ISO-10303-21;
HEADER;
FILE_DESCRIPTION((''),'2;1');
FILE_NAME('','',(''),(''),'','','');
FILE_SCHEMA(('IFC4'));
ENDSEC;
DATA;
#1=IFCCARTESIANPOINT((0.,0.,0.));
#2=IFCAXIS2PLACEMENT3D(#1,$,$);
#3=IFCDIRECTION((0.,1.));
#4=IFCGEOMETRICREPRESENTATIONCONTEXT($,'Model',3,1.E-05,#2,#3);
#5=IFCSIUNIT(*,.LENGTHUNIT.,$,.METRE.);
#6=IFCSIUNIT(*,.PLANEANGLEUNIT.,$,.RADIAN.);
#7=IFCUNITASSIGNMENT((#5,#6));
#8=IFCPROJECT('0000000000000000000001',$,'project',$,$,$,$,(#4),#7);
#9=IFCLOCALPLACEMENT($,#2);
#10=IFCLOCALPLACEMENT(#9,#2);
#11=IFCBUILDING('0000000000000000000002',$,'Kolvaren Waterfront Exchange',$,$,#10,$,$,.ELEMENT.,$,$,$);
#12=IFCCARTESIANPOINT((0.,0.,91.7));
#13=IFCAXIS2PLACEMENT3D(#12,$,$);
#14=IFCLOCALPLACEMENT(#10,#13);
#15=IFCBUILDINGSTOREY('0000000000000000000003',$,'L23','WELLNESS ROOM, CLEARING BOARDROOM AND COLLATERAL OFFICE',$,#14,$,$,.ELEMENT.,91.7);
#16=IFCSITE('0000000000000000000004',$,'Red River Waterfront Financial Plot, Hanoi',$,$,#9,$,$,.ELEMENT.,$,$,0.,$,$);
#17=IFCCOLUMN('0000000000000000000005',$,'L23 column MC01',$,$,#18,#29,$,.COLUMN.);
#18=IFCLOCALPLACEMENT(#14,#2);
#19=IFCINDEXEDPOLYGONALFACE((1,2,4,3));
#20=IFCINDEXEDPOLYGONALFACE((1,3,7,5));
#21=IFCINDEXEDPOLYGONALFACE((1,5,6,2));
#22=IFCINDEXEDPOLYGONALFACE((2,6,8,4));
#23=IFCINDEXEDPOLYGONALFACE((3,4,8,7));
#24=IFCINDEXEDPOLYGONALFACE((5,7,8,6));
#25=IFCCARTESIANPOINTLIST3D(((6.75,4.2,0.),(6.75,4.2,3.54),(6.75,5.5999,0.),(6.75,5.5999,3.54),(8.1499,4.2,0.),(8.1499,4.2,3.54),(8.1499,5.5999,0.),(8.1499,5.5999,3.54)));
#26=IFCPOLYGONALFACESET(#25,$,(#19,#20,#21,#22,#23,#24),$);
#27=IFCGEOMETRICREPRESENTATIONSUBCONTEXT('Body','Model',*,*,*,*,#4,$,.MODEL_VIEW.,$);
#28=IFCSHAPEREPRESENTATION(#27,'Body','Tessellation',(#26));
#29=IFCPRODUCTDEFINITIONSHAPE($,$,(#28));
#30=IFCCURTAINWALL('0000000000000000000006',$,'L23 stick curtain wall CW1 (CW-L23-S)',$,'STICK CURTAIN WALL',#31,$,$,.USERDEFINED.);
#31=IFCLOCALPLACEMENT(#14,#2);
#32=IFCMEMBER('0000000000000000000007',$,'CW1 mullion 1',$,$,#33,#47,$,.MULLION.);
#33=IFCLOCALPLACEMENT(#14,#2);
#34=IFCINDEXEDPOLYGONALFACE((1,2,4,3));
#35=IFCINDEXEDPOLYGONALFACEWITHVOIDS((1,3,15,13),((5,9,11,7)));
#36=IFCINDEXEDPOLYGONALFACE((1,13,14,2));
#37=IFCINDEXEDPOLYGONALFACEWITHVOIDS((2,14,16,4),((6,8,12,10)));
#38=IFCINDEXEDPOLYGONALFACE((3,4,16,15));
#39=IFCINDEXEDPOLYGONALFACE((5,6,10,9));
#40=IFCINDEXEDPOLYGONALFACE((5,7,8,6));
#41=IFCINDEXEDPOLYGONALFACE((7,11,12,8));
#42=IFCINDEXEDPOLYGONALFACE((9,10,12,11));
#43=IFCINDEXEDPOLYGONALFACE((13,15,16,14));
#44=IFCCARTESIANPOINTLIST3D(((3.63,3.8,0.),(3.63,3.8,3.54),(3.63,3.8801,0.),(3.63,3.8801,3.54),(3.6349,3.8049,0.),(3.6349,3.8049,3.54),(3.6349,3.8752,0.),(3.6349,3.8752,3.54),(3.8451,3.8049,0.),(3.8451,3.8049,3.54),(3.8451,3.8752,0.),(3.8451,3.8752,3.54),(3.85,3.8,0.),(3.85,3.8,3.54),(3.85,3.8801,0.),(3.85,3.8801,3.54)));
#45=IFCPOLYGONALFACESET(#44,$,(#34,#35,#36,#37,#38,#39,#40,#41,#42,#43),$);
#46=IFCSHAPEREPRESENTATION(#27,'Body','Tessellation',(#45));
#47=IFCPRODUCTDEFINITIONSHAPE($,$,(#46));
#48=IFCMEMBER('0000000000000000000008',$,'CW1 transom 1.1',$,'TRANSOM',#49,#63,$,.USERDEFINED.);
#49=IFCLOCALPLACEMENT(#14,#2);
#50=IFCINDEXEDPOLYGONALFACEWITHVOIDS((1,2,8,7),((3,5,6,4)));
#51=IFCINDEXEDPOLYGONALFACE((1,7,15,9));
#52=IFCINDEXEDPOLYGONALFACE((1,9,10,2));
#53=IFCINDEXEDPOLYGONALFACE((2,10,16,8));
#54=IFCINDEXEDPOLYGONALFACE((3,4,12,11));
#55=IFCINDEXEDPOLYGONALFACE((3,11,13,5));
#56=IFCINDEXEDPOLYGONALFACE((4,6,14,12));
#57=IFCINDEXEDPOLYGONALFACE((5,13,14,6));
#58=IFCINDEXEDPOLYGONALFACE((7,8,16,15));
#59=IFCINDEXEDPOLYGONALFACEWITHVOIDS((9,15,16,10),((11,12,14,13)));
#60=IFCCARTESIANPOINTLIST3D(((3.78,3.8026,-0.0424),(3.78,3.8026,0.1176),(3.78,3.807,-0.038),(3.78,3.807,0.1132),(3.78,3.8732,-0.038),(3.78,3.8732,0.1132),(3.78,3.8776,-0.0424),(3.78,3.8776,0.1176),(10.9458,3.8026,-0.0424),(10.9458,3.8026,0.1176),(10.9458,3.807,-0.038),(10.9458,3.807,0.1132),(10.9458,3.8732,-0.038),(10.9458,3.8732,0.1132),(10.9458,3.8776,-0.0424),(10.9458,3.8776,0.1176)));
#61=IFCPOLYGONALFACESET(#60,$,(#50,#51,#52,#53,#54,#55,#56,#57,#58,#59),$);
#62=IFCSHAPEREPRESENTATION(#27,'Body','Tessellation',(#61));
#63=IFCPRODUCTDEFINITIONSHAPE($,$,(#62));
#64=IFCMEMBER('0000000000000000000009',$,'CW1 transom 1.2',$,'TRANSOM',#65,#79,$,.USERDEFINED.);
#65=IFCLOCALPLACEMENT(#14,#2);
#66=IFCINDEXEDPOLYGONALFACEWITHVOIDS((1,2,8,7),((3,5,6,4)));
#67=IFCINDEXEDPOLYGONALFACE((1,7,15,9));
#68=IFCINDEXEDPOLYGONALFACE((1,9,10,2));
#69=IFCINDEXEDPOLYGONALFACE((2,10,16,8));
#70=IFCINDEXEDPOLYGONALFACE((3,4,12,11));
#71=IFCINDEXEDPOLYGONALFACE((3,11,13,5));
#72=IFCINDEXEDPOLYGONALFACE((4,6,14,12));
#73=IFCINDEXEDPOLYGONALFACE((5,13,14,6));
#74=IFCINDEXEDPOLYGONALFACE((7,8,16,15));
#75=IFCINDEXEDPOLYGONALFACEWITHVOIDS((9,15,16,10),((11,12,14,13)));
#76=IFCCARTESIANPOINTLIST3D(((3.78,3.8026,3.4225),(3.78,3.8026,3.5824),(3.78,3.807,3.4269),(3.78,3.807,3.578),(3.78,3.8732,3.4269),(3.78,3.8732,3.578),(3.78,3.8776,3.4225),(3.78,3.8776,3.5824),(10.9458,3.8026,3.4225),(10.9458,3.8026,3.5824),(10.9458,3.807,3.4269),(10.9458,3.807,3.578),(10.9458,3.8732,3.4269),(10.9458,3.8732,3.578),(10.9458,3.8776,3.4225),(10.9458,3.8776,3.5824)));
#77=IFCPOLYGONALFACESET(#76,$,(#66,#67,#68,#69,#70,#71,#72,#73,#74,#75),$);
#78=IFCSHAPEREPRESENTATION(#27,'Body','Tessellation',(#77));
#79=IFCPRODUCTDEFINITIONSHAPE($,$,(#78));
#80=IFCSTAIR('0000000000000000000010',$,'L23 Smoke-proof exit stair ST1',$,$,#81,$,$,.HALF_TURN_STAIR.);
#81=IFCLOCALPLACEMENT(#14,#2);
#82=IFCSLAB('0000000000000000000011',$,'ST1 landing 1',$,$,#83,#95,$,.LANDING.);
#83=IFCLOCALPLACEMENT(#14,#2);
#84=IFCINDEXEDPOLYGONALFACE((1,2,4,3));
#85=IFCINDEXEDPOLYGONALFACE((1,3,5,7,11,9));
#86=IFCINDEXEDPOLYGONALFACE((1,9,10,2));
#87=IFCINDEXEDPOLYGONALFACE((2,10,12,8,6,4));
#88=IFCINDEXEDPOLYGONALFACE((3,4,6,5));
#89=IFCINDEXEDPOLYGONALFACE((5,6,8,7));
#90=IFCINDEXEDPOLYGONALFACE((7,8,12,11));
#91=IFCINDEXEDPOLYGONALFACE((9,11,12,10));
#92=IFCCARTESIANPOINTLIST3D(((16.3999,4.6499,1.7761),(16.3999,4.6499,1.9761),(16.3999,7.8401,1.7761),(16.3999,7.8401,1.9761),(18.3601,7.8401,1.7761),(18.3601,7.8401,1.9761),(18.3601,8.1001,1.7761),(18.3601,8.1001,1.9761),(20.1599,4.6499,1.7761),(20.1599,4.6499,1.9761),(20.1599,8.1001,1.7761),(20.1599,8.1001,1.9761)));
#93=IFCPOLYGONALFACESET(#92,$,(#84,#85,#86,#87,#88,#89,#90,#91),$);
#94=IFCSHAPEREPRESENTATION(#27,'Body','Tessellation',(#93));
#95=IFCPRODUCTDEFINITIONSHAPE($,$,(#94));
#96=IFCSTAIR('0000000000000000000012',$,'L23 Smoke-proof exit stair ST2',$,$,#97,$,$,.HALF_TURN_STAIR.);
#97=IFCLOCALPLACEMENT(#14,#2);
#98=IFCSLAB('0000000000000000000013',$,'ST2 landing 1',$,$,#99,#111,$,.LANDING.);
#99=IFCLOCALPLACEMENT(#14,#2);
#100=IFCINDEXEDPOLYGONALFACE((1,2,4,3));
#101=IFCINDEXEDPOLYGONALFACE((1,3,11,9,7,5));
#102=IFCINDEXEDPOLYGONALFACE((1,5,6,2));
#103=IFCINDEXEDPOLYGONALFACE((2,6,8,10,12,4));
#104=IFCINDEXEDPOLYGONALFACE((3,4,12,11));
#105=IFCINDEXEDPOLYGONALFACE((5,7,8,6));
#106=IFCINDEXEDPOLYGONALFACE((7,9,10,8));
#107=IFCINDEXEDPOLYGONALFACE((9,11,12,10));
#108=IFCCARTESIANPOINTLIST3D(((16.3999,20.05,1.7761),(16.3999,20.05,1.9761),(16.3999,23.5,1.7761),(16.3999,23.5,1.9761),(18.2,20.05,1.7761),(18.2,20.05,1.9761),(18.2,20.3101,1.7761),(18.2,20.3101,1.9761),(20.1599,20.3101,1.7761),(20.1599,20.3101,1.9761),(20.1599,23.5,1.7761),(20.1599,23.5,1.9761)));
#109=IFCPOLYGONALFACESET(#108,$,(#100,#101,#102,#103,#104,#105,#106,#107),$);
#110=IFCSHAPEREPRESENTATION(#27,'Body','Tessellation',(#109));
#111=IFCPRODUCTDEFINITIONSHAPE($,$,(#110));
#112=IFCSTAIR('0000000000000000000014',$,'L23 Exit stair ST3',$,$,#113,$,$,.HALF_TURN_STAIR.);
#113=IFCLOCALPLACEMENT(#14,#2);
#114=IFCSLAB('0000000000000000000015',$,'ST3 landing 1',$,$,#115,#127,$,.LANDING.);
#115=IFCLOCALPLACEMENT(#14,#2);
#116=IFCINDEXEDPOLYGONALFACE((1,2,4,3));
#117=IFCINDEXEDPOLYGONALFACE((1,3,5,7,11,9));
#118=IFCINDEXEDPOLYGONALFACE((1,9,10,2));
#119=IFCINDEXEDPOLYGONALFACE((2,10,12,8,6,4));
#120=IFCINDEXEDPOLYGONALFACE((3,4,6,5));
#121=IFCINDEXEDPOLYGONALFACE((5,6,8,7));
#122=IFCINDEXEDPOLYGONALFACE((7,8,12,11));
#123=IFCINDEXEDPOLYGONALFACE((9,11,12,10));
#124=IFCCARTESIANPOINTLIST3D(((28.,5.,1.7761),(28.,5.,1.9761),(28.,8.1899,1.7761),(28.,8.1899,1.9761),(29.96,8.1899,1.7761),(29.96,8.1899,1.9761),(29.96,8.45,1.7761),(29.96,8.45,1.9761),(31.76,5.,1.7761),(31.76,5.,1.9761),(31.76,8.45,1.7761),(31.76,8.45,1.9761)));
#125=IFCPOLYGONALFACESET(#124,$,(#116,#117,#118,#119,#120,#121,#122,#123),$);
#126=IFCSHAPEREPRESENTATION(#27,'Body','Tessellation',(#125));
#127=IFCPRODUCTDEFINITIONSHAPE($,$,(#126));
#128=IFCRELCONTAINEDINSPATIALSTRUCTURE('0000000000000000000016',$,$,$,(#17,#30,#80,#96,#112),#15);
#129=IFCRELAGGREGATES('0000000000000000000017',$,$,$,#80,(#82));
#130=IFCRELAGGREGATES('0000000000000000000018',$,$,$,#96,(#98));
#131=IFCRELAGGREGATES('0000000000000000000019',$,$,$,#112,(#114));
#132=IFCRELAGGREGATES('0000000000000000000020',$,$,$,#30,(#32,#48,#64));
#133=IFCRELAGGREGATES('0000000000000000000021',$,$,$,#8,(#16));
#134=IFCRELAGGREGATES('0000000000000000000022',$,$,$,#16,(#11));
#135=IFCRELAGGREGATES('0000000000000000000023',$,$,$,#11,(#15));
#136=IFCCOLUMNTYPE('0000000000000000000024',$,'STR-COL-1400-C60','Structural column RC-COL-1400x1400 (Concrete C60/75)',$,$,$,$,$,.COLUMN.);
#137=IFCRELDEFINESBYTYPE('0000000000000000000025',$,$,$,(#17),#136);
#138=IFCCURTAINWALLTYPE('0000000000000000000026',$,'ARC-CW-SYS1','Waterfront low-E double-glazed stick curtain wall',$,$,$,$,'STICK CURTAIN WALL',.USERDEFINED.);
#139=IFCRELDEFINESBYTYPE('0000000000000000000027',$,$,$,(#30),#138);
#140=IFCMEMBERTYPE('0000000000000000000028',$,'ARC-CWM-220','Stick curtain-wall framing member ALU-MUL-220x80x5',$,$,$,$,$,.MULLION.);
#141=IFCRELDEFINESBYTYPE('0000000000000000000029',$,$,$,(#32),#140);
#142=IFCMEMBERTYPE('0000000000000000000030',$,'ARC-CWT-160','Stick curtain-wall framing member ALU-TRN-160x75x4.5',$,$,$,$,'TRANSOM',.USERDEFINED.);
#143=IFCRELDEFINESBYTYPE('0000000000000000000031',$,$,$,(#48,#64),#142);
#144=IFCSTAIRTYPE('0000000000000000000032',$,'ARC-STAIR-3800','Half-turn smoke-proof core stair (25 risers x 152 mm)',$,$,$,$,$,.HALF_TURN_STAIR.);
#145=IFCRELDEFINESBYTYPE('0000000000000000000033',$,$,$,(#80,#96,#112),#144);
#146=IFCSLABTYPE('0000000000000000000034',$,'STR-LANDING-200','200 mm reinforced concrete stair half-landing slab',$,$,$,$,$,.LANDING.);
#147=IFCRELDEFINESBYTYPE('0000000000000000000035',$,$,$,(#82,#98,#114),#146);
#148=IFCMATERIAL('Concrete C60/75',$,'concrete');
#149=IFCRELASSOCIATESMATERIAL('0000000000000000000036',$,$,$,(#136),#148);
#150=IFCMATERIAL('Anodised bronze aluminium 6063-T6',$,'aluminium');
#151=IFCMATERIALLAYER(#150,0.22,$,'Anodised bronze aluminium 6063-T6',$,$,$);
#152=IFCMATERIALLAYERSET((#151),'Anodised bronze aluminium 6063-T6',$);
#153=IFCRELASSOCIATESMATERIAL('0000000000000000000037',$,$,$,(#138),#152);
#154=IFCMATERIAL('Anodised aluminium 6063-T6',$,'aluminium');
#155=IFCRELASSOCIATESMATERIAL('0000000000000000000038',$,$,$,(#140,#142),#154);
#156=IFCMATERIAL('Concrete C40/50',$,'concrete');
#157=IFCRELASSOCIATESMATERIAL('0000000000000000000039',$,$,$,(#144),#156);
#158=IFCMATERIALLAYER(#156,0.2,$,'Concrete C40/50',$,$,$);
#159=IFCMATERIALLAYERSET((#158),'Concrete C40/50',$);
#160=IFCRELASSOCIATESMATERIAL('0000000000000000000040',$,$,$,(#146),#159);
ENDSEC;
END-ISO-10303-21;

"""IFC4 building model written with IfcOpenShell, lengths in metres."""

from ifc_helpers import new_model, si_unit, direction, frame, origin, origin_with_axes, origin_2d, place, context, subcontext, project, spatial, polyline, rectangle, hollow_rectangle, outline, extrude, source, transform, mapped, material, layer, layer_set, material_profile, profile_set, type_object, element, aggregate, save


model = new_model("IFC4")

# Units and contexts
model_context = context("Model", 3, precision=1e-05, world=origin(), true_north=direction((0.0, 1.0)))
body_context = subcontext(model_context, "Body", "Model", "MODEL_VIEW")
ifc_project = project(units=[si_unit("LENGTHUNIT", "METRE"), si_unit("PLANEANGLEUNIT", "RADIAN")], contexts=[model_context])

# Site, building, storey
site_placement = place(None, origin())
site = spatial("IfcSite", under=ifc_project, at=site_placement, Name="Red River Waterfront Financial Plot, Hanoi", CompositionType="ELEMENT", RefElevation=0.0)
building_placement = place(site_placement, origin())
building = spatial("IfcBuilding", under=site, at=building_placement, Name="Kolvaren Waterfront Exchange", CompositionType="ELEMENT")
storey_placement = place(building_placement, frame((0.0, 0.0, 91.7)))
storey = spatial("IfcBuildingStorey", under=building, at=storey_placement, Name="L23", Description="WELLNESS ROOM, CLEARING BOARDROOM AND COLLATERAL OFFICE", CompositionType="ELEMENT", Elevation=91.7)

# Column
ifc_material_1 = material(Name="Concrete C60/75", Category="concrete")
ifc_material_profile_1 = material_profile(ifc_material_1, rectangle(XDim=1.3999, YDim=1.3999, at=origin_2d()), Name="RC-COL-1400x1400")
ifc_profile_set_1 = profile_set([ifc_material_profile_1], Name="Concrete C60/75")
column_type = type_object("IfcColumnType", Name="STR-COL-1400-C60", Description="Structural column RC-COL-1400x1400 (Concrete C60/75)", PredefinedType="COLUMN", material=ifc_profile_set_1)
column_placement = place(storey_placement, frame((7.45, 4.8999, 0.0), z_axis=(0.0, 0.0, 1.0), x_axis=(1.0, 0.0, 0.0)))
element("IfcColumn", 1, at=column_placement, inside=storey, type_object=column_type, Name="L23 column MC01", PredefinedType="COLUMN", context=body_context, shape_type="SweptSolid", body=[
    extrude(rectangle(XDim=1.3999, YDim=1.3999, at=origin_2d()), origin(), (0.0, 0.0, 1.0), 3.54),
])

# Curtain wall, members
ifc_material_2 = material(Name="Anodised bronze aluminium 6063-T6", Category="aluminium")
ifc_layer_1 = layer(ifc_material_2, 0.22, Name="Anodised bronze aluminium 6063-T6")
ifc_layer_set_1 = layer_set([ifc_layer_1], Name="Anodised bronze aluminium 6063-T6")
curtain_wall_type = type_object("IfcCurtainWallType", Name="ARC-CW-SYS1", Description="Waterfront low-E double-glazed stick curtain wall", ElementType="STICK CURTAIN WALL", PredefinedType="USERDEFINED", material=ifc_layer_set_1)
curtain_wall_placement = place(storey_placement, origin())
curtain_wall = element("IfcCurtainWall", 2, at=curtain_wall_placement, inside=storey, type_object=curtain_wall_type, Name="L23 stick curtain wall CW1 (CW-L23-S)", ObjectType="STICK CURTAIN WALL", PredefinedType="USERDEFINED")
ifc_material_3 = material(Name="Anodised aluminium 6063-T6", Category="aluminium")
ifc_material_profile_2 = material_profile(ifc_material_3, hollow_rectangle(XDim=0.0801, YDim=0.22, WallThickness=0.0049, at=origin_2d()), Name="ALU-MUL-220x80x5")
ifc_profile_set_2 = profile_set([ifc_material_profile_2], Name="Anodised aluminium 6063-T6")
member_type_1 = type_object("IfcMemberType", Name="ARC-CWM-220", Description="Stick curtain-wall framing member ALU-MUL-220x80x5", PredefinedType="MULLION", material=ifc_profile_set_2)
shared_shape_1 = source(origin_with_axes(), body_context, "Body", "SweptSolid", [
    extrude(hollow_rectangle(XDim=0.0801, YDim=0.22, WallThickness=0.0049, at=origin_2d()), origin(), (0.0, 0.0, 1.0), 3.54),
])
member_1_placement = place(storey_placement, frame((3.74, 3.8401, 0.0), z_axis=(0.0, 0.0, 1.0), x_axis=(0.0, 1.0, 0.0)))
member_1 = element("IfcMember", 3, at=member_1_placement, type_object=member_type_1, Name="CW1 mullion 1", PredefinedType="MULLION", context=body_context, shape_type="MappedRepresentation", body=[
    mapped(shared_shape_1, transform((0.0, 0.0, 0.0), x_axis=(1.0, 0.0, 0.0), y_axis=(0.0, 1.0, 0.0), z_axis=(0.0, 0.0, 1.0), scale=1.0)),
])
ifc_material_profile_3 = material_profile(ifc_material_3, hollow_rectangle(XDim=0.075, YDim=0.1599, WallThickness=0.0044, at=origin_2d()), Name="ALU-TRN-160x75x4.5")
ifc_profile_set_3 = profile_set([ifc_material_profile_3], Name="Anodised aluminium 6063-T6")
member_type_2 = type_object("IfcMemberType", Name="ARC-CWT-160", Description="Stick curtain-wall framing member ALU-TRN-160x75x4.5", ElementType="TRANSOM", PredefinedType="USERDEFINED", material=ifc_profile_set_3)
shared_shape_2 = source(origin_with_axes(), body_context, "Body", "SweptSolid", [
    extrude(hollow_rectangle(XDim=0.075, YDim=0.1599, WallThickness=0.0044, at=origin_2d()), origin(), (0.0, 0.0, 1.0), 7.1658),
])
member_2_placement = place(storey_placement, frame((3.78, 3.8401, 0.0376), z_axis=(1.0, 0.0, 0.0), x_axis=(0.0, 1.0, 0.0)))
member_2 = element("IfcMember", 4, at=member_2_placement, type_object=member_type_2, Name="CW1 transom 1.1", ObjectType="TRANSOM", PredefinedType="USERDEFINED", context=body_context, shape_type="MappedRepresentation", body=[
    mapped(shared_shape_2, transform((0.0, 0.0, 0.0), x_axis=(1.0, 0.0, 0.0), y_axis=(0.0, 1.0, 0.0), z_axis=(0.0, 0.0, 1.0), scale=1.0)),
])
member_3_placement = place(storey_placement, frame((3.78, 3.8401, 3.5024), z_axis=(1.0, 0.0, 0.0), x_axis=(0.0, 1.0, 0.0)))
member_3 = element("IfcMember", 5, at=member_3_placement, type_object=member_type_2, Name="CW1 transom 1.2", ObjectType="TRANSOM", PredefinedType="USERDEFINED", context=body_context, shape_type="MappedRepresentation", body=[
    mapped(shared_shape_2, transform((0.0, 0.0, 0.0), x_axis=(1.0, 0.0, 0.0), y_axis=(0.0, 1.0, 0.0), z_axis=(0.0, 0.0, 1.0), scale=1.0)),
])

# Stairs, slabs
ifc_material_4 = material(Name="Concrete C40/50", Category="concrete")
stair_type = type_object("IfcStairType", Name="ARC-STAIR-3800", Description="Half-turn smoke-proof core stair (25 risers x 152 mm)", PredefinedType="HALF_TURN_STAIR", material=ifc_material_4)
stair_1_placement = place(storey_placement, origin())
stair_1 = element("IfcStair", 6, at=stair_1_placement, inside=storey, type_object=stair_type, Name="L23 Smoke-proof exit stair ST1", PredefinedType="HALF_TURN_STAIR")
ifc_layer_2 = layer(ifc_material_4, 0.2, Name="Concrete C40/50")
ifc_layer_set_2 = layer_set([ifc_layer_2], Name="Concrete C40/50")
slab_type_1 = type_object("IfcSlabType", Name="STR-LANDING-200", Description="200 mm reinforced concrete stair half-landing slab", PredefinedType="LANDING", material=ifc_layer_set_2)
slab_1_placement = place(storey_placement, frame((0.0, 0.0, 1.7761)))
slab_1 = element("IfcSlab", 7, at=slab_1_placement, type_object=slab_type_1, Name="ST1 landing 1", PredefinedType="LANDING", context=body_context, shape_type="SweptSolid", body=[
    extrude(outline(polyline([(16.3999, 7.8401), (16.3999, 4.6499), (20.1599, 4.6499), (20.1599, 8.1001), (18.3601, 8.1001), (18.3601, 7.8401), (16.3999, 7.8401)])), origin(), (0.0, 0.0, 1.0), 0.2),
])
aggregate(stair_1, [slab_1])
stair_2_placement = place(storey_placement, origin())
stair_2 = element("IfcStair", 8, at=stair_2_placement, inside=storey, type_object=stair_type, Name="L23 Smoke-proof exit stair ST2", PredefinedType="HALF_TURN_STAIR")
slab_2_placement = place(storey_placement, frame((0.0, 0.0, 1.7761)))
slab_2 = element("IfcSlab", 9, at=slab_2_placement, type_object=slab_type_1, Name="ST2 landing 1", PredefinedType="LANDING", context=body_context, shape_type="SweptSolid", body=[
    extrude(outline(polyline([(20.1599, 20.3101), (20.1599, 23.5), (16.3999, 23.5), (16.3999, 20.05), (18.2, 20.05), (18.2, 20.3101), (20.1599, 20.3101)])), origin(), (0.0, 0.0, 1.0), 0.2),
])
aggregate(stair_2, [slab_2])
stair_3_placement = place(storey_placement, origin())
stair_3 = element("IfcStair", 10, at=stair_3_placement, inside=storey, type_object=stair_type, Name="L23 Exit stair ST3", PredefinedType="HALF_TURN_STAIR")
slab_3_placement = place(storey_placement, frame((0.0, 0.0, 1.7761)))
slab_3 = element("IfcSlab", 11, at=slab_3_placement, type_object=slab_type_1, Name="ST3 landing 1", PredefinedType="LANDING", context=body_context, shape_type="SweptSolid", body=[
    extrude(outline(polyline([(28.0, 8.1899), (28.0, 5.0), (31.76, 5.0), (31.76, 8.45), (29.96, 8.45), (29.96, 8.1899), (28.0, 8.1899)])), origin(), (0.0, 0.0, 1.0), 0.2),
])
aggregate(stair_3, [slab_3])

aggregate(curtain_wall, [member_1, member_2, member_3])

save(model, "model.ifc")
